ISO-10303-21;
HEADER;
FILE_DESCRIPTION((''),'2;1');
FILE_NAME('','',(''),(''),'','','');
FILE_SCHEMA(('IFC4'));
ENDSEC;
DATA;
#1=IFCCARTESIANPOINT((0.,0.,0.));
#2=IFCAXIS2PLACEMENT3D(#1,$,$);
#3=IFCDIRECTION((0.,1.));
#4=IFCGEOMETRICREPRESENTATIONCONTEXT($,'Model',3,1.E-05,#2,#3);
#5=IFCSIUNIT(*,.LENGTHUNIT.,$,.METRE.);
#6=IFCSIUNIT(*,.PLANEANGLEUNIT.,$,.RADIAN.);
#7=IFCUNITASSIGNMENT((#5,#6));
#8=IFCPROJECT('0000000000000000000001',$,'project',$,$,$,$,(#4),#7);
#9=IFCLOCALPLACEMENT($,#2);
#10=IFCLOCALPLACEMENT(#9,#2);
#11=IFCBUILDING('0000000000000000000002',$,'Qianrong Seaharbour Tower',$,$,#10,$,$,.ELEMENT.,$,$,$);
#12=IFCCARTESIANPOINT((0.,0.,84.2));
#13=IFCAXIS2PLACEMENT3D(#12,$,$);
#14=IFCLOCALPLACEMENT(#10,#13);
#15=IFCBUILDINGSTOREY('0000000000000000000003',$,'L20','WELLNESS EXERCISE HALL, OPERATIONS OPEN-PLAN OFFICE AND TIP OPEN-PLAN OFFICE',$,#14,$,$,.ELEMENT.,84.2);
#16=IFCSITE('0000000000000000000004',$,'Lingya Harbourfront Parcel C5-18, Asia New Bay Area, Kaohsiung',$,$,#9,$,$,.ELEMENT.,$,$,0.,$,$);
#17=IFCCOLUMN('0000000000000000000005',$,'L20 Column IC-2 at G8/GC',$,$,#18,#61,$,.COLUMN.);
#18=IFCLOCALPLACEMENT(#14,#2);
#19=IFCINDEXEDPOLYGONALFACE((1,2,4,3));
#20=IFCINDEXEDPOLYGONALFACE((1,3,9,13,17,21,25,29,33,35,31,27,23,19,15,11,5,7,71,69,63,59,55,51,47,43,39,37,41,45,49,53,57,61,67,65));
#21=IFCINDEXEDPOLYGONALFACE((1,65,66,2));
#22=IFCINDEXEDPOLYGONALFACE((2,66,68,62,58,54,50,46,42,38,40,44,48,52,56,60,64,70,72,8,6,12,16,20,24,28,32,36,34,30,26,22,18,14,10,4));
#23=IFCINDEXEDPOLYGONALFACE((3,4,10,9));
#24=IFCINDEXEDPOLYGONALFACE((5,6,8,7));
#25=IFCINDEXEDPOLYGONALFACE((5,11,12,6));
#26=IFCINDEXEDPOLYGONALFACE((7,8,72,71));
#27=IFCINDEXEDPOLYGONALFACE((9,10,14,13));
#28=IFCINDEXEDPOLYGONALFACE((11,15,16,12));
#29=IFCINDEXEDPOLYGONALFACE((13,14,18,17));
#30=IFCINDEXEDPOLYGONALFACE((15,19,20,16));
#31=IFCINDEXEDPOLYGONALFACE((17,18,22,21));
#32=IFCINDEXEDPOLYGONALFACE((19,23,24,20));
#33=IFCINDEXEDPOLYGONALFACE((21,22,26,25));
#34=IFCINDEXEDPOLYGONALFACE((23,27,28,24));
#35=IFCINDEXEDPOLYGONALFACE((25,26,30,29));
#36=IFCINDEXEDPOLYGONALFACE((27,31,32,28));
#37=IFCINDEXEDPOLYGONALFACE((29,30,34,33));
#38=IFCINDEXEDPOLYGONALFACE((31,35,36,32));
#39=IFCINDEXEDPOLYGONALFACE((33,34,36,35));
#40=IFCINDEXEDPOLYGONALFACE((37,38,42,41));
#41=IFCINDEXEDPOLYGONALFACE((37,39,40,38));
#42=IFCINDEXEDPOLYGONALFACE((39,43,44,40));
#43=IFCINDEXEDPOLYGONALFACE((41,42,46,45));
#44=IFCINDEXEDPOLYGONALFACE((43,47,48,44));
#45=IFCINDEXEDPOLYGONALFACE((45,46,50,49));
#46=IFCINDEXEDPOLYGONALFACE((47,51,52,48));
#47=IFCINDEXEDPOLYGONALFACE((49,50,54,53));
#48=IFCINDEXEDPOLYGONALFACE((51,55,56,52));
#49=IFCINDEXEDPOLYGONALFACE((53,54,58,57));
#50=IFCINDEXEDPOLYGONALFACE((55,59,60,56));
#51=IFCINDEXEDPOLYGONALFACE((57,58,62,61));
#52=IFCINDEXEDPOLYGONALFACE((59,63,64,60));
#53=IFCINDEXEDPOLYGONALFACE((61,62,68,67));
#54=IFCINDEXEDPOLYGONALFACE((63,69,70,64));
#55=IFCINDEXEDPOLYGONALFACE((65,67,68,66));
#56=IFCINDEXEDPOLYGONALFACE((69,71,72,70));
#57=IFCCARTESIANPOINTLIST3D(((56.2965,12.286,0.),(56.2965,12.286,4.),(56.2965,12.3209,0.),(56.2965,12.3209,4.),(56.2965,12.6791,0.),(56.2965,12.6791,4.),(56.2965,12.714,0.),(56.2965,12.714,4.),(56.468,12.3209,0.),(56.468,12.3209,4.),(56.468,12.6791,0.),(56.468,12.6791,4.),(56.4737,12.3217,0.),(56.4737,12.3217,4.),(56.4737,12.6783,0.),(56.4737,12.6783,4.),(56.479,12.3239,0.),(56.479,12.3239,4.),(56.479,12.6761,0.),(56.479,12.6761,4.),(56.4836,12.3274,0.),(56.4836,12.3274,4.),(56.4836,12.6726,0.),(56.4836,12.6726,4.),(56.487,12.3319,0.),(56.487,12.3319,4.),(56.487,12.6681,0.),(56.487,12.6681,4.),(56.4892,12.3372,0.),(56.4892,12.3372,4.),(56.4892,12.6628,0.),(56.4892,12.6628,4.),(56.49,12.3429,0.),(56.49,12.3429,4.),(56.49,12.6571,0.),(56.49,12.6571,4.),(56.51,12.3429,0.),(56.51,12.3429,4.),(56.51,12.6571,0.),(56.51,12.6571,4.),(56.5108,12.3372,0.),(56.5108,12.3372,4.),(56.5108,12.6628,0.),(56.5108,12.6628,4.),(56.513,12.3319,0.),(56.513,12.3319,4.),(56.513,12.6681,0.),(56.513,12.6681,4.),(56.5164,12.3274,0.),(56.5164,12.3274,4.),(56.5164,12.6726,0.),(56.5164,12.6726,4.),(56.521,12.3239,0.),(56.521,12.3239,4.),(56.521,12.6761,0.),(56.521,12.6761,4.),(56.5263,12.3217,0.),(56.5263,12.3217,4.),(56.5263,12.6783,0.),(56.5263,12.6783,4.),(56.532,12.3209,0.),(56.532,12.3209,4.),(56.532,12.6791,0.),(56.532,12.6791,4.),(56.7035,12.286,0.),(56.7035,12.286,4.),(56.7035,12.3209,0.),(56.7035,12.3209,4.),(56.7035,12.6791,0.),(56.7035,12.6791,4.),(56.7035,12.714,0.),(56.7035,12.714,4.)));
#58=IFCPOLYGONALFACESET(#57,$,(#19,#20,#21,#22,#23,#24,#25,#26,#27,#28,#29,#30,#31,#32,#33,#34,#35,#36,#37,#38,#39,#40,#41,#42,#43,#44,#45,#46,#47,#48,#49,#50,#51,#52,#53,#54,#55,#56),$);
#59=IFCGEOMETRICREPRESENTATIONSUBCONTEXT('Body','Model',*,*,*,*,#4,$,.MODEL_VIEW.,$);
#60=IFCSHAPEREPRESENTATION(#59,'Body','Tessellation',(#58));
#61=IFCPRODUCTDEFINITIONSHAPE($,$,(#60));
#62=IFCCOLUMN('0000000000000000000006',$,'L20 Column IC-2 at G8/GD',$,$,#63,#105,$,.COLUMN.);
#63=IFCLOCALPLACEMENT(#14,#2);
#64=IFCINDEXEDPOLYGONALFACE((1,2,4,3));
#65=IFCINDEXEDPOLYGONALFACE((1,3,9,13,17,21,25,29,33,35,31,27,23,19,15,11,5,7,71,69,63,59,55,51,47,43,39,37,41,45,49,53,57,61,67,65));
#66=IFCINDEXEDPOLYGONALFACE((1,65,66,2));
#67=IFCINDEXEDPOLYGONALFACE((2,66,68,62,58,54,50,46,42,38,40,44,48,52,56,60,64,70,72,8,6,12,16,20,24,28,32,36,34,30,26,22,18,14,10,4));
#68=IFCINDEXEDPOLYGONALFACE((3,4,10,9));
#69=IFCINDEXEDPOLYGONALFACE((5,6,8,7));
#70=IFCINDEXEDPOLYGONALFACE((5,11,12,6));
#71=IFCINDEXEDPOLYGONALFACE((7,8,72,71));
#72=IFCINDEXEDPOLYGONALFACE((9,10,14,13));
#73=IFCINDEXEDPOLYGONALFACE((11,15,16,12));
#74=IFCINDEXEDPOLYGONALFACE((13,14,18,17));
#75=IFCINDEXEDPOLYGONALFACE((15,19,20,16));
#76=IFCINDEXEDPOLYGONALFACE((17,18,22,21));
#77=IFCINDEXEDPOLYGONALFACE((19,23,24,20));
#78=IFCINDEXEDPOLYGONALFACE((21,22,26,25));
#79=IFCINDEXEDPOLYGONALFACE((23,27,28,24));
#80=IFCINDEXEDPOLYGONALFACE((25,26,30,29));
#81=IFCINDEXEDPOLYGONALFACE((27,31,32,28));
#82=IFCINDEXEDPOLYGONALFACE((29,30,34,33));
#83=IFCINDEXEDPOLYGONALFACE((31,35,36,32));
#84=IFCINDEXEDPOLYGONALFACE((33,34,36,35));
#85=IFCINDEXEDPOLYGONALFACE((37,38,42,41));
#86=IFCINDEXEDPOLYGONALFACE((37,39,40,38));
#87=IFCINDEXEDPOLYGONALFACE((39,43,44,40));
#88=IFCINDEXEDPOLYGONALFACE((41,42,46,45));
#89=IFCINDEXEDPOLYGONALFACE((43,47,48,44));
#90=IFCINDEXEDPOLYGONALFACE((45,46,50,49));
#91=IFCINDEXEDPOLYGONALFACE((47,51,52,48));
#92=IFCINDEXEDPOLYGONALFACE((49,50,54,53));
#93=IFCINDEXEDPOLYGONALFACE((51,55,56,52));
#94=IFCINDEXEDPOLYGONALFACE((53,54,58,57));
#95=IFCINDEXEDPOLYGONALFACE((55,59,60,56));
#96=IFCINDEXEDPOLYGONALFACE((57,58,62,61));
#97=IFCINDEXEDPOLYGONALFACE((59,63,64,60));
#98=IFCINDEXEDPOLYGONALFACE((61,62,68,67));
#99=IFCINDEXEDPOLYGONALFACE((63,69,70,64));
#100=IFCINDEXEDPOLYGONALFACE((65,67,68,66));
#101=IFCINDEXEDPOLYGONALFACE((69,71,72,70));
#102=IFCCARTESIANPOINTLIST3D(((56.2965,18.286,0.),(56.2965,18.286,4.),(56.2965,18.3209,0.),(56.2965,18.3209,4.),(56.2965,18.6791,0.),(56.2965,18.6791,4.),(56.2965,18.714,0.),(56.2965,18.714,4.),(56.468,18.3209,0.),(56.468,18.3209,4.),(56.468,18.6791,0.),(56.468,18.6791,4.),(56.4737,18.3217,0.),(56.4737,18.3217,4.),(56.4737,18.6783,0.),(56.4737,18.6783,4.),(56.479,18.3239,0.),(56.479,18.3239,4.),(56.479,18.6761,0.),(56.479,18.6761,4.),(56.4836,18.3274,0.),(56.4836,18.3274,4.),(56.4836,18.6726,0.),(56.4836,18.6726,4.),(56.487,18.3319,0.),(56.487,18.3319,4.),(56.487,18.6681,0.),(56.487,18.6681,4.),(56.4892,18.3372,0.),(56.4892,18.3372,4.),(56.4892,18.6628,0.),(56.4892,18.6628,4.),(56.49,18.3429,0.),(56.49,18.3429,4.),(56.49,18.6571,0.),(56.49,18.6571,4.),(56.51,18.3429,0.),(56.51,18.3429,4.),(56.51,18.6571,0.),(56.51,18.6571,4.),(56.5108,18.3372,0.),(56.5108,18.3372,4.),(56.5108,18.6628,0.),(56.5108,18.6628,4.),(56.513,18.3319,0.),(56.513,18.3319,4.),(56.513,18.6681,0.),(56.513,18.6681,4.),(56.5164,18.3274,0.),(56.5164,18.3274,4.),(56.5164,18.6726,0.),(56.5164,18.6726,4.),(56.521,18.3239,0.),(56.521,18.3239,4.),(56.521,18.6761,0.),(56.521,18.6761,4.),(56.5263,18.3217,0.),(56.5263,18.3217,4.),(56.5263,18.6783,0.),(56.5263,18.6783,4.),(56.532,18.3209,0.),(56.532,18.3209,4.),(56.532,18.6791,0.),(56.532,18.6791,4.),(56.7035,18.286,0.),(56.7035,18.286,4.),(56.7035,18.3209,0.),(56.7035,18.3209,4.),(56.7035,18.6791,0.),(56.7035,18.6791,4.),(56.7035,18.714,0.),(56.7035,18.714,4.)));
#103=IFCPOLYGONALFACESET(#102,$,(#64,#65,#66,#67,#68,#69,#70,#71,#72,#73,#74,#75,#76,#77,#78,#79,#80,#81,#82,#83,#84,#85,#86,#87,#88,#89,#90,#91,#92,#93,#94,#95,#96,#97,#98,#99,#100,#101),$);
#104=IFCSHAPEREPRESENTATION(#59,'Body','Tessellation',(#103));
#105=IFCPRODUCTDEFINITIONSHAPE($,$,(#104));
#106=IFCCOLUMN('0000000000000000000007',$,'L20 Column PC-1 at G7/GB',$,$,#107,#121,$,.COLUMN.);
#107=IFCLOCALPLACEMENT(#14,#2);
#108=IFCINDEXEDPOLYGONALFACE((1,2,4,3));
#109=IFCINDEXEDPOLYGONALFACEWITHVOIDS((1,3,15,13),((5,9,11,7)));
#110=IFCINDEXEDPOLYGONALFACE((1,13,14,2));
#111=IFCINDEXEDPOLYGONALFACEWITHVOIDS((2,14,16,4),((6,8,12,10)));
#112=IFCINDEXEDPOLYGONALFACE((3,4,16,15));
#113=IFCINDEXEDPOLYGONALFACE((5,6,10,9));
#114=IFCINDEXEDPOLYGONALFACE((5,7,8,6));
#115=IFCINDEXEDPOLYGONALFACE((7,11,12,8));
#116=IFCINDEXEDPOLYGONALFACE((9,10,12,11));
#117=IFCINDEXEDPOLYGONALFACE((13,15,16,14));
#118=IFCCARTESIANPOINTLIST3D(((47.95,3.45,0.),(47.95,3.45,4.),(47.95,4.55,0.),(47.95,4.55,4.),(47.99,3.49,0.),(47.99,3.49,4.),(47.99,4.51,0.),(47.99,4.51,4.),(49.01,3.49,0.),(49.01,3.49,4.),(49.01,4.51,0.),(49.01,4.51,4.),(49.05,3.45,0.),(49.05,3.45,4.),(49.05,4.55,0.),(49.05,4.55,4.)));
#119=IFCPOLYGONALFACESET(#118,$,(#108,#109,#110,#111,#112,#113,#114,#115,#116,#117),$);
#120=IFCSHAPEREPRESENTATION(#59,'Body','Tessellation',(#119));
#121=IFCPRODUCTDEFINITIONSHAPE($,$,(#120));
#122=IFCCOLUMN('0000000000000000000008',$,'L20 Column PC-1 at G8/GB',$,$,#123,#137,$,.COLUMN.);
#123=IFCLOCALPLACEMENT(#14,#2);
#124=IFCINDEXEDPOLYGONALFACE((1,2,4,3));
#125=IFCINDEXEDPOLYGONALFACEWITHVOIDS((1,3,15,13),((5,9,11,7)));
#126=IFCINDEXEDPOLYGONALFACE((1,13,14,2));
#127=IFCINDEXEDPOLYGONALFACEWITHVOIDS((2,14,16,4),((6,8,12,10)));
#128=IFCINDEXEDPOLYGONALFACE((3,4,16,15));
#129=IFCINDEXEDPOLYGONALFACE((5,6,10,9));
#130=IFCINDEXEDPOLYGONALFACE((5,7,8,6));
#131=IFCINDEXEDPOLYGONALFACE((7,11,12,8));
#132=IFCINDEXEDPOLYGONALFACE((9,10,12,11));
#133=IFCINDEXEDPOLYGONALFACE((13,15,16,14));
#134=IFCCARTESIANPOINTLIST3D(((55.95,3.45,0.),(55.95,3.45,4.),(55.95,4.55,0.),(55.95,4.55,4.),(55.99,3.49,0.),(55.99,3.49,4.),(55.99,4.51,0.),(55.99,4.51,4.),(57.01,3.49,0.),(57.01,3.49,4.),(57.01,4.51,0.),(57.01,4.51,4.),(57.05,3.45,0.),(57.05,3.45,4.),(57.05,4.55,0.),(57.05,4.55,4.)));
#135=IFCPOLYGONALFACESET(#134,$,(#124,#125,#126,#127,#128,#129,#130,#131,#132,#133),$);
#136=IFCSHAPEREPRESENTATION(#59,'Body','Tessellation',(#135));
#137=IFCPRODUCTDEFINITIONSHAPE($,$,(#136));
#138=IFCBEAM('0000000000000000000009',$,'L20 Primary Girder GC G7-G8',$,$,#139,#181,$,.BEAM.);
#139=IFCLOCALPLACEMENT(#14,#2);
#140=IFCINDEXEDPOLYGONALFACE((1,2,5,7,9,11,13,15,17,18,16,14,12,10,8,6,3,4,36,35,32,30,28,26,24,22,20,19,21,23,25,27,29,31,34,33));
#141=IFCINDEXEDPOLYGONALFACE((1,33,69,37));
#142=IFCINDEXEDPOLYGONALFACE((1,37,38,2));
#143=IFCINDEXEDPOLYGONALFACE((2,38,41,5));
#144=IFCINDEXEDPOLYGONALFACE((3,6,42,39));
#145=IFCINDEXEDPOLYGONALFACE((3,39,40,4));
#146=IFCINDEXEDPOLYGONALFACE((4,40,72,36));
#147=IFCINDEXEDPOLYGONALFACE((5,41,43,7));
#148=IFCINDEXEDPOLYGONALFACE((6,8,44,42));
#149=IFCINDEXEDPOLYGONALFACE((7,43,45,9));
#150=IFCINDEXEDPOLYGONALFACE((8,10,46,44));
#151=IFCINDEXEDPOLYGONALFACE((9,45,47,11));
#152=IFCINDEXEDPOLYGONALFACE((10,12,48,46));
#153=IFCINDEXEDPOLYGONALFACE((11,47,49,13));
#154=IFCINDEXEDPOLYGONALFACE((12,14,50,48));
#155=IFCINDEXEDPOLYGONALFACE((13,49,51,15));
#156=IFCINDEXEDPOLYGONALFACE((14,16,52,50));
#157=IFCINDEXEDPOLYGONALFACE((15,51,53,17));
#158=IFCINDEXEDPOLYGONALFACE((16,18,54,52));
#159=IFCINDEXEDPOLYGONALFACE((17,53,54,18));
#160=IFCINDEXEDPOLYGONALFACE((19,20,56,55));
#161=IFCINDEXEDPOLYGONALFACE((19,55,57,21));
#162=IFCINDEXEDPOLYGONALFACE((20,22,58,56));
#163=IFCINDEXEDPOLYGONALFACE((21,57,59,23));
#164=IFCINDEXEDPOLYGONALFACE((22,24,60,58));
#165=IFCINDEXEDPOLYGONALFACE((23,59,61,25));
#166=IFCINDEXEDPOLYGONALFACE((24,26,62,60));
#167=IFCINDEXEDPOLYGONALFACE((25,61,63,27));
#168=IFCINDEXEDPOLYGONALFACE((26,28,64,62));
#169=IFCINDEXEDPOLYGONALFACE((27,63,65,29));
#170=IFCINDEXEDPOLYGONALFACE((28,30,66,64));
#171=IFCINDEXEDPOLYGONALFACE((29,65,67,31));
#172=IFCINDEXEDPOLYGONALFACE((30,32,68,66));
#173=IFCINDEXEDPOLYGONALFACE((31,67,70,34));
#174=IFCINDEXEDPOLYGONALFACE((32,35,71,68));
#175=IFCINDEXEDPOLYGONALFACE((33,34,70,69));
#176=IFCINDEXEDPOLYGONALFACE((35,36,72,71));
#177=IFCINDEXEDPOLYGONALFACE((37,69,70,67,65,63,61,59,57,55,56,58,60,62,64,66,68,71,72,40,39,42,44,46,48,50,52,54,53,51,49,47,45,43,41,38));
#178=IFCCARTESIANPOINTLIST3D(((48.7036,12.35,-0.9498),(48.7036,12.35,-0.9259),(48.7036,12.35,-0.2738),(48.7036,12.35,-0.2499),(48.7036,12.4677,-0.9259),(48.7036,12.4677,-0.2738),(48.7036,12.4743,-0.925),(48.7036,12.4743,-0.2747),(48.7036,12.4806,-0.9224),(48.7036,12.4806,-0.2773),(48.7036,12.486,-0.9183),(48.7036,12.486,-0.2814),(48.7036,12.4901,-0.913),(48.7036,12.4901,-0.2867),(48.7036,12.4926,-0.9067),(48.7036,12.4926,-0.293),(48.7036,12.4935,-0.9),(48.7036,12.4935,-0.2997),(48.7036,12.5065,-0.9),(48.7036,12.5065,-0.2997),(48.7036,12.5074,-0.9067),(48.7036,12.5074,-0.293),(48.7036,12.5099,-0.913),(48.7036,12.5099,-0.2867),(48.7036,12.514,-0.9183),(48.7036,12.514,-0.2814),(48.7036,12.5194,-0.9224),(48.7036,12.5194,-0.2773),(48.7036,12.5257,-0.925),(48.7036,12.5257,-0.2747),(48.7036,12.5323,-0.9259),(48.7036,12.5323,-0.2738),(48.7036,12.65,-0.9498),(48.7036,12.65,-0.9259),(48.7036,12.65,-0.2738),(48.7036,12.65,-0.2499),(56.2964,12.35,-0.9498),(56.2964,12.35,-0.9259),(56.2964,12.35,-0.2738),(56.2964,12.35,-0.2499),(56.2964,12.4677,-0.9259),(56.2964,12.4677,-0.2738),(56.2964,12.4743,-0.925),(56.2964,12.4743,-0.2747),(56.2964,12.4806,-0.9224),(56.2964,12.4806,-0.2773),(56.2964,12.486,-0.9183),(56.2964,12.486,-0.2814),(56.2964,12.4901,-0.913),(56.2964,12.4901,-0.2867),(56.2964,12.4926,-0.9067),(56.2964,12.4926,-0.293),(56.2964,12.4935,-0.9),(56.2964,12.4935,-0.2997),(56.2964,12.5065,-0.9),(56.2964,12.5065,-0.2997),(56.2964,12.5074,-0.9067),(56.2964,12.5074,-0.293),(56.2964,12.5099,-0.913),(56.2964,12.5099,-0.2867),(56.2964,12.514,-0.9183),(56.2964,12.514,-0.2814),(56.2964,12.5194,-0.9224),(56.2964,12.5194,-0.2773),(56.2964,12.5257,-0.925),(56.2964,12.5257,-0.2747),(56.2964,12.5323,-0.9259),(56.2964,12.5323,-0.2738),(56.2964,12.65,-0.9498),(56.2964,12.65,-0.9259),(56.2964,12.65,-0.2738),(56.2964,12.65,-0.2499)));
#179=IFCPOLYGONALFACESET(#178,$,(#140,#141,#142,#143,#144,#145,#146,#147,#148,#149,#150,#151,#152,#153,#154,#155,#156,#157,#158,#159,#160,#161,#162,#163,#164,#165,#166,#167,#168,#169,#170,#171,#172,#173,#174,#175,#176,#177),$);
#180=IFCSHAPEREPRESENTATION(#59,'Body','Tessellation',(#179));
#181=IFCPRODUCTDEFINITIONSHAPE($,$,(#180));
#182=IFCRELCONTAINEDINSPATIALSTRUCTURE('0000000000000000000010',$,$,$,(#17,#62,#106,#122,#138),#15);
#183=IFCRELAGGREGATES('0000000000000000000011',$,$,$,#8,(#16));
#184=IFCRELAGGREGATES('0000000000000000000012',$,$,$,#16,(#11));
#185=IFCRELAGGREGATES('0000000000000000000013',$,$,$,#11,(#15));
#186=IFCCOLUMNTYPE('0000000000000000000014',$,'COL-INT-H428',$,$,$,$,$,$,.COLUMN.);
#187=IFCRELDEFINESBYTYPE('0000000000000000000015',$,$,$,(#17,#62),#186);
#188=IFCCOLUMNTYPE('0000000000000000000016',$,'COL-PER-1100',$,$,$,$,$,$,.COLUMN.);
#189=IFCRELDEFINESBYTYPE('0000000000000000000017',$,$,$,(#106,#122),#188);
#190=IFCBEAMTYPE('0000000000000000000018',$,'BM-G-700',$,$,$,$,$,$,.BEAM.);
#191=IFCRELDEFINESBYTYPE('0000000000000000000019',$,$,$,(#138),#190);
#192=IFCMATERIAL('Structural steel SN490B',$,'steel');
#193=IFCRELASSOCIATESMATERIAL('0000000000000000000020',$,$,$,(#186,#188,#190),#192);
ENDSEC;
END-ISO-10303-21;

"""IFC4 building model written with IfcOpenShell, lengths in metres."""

from ifc_helpers import new_model, si_unit, direction, frame, origin, origin_2d, place, context, subcontext, project, spatial, hollow_rectangle, i_section, extrude, material, material_profile, profile_set, type_object, element, save


model = new_model("IFC4")

# Units and contexts
model_context = context("Model", 3, precision=1e-05, world=origin(), true_north=direction((0.0, 1.0)))
body_context = subcontext(model_context, "Body", "Model", "MODEL_VIEW")
ifc_project = project(units=[si_unit("LENGTHUNIT", "METRE"), si_unit("PLANEANGLEUNIT", "RADIAN")], contexts=[model_context])

# Site, building, storey
site_placement = place(None, origin())
site = spatial("IfcSite", under=ifc_project, at=site_placement, Name="Lingya Harbourfront Parcel C5-18, Asia New Bay Area, Kaohsiung", CompositionType="ELEMENT", RefElevation=0.0)
building_placement = place(site_placement, origin())
building = spatial("IfcBuilding", under=site, at=building_placement, Name="Qianrong Seaharbour Tower", CompositionType="ELEMENT")
storey_placement = place(building_placement, frame((0.0, 0.0, 84.2)))
storey = spatial("IfcBuildingStorey", under=building, at=storey_placement, Name="L20", Description="WELLNESS EXERCISE HALL, OPERATIONS OPEN-PLAN OFFICE AND TIP OPEN-PLAN OFFICE", CompositionType="ELEMENT", Elevation=84.2)

# Columns
ifc_material_1 = material(Name="Structural steel SN490B", Category="steel")
ifc_material_profile_1 = material_profile(ifc_material_1, i_section(OverallWidth=0.407, OverallDepth=0.428, WebThickness=0.02, FlangeThickness=0.0349, FilletRadius=0.022, at=origin_2d()), Name="H428x407x20x35")
ifc_profile_set_1 = profile_set([ifc_material_profile_1], Name="Structural steel SN490B")
column_type_1 = type_object("IfcColumnType", Name="COL-INT-H428", PredefinedType="COLUMN", material=ifc_profile_set_1)
for number, where, z_axis, x_axis, name in (
    (1, (56.5, 12.5, 0.0), (0.0, 0.0, 1.0), (1.0, 0.0, 0.0), "L20 Column IC-2 at G8/GC"),
    (2, (56.5, 18.5, 0.0), (0.0, 0.0, 1.0), (1.0, 0.0, 0.0), "L20 Column IC-2 at G8/GD"),
):
    element("IfcColumn", number, at=place(storey_placement, frame(where, z_axis=z_axis, x_axis=x_axis)), inside=storey, type_object=column_type_1, Name=name, PredefinedType="COLUMN", context=body_context, shape_type="SweptSolid", body=[
        extrude(i_section(OverallWidth=0.407, OverallDepth=0.428, WebThickness=0.02, FlangeThickness=0.0349, FilletRadius=0.022, at=origin_2d()), origin(), (0.0, 0.0, 1.0), 4.0),
    ])
ifc_material_profile_2 = material_profile(ifc_material_1, hollow_rectangle(XDim=1.1001, YDim=1.1001, WallThickness=0.04, at=origin_2d()), Name="BOX1100x1100x40")
ifc_profile_set_2 = profile_set([ifc_material_profile_2], Name="Structural steel SN490B")
column_type_2 = type_object("IfcColumnType", Name="COL-PER-1100", PredefinedType="COLUMN", material=ifc_profile_set_2)
for number, where, z_axis, x_axis, name in (
    (3, (48.5, 4.0, 0.0), (0.0, 0.0, 1.0), (1.0, 0.0, 0.0), "L20 Column PC-1 at G7/GB"),
    (4, (56.5, 4.0, 0.0), (0.0, 0.0, 1.0), (1.0, 0.0, 0.0), "L20 Column PC-1 at G8/GB"),
):
    element("IfcColumn", number, at=place(storey_placement, frame(where, z_axis=z_axis, x_axis=x_axis)), inside=storey, type_object=column_type_2, Name=name, PredefinedType="COLUMN", context=body_context, shape_type="SweptSolid", body=[
        extrude(hollow_rectangle(XDim=1.1001, YDim=1.1001, WallThickness=0.04, at=origin_2d()), origin(), (0.0, 0.0, 1.0), 4.0),
    ])

# Beam
ifc_material_profile_3 = material_profile(ifc_material_1, i_section(OverallWidth=0.3, OverallDepth=0.7, WebThickness=0.0129, FlangeThickness=0.0239, FilletRadius=0.0259, at=origin_2d()), Name="H700x300x13x24")
ifc_profile_set_3 = profile_set([ifc_material_profile_3], Name="Structural steel SN490B")
beam_type_1 = type_object("IfcBeamType", Name="BM-G-700", PredefinedType="BEAM", material=ifc_profile_set_3)
beam_1_placement = place(storey_placement, frame((48.7036, 12.5, -0.5999), z_axis=(1.0, 0.0, 0.0), x_axis=(0.0, 1.0, 0.0)))
element("IfcBeam", 5, at=beam_1_placement, inside=storey, type_object=beam_type_1, Name="L20 Primary Girder GC G7-G8", PredefinedType="BEAM", context=body_context, shape_type="SweptSolid", body=[
    extrude(i_section(OverallWidth=0.3, OverallDepth=0.7, WebThickness=0.0129, FlangeThickness=0.0239, FilletRadius=0.0259, at=origin_2d()), origin(), (0.0, 0.0, 1.0), 7.5928),
])

save(model, "model.ifc")
